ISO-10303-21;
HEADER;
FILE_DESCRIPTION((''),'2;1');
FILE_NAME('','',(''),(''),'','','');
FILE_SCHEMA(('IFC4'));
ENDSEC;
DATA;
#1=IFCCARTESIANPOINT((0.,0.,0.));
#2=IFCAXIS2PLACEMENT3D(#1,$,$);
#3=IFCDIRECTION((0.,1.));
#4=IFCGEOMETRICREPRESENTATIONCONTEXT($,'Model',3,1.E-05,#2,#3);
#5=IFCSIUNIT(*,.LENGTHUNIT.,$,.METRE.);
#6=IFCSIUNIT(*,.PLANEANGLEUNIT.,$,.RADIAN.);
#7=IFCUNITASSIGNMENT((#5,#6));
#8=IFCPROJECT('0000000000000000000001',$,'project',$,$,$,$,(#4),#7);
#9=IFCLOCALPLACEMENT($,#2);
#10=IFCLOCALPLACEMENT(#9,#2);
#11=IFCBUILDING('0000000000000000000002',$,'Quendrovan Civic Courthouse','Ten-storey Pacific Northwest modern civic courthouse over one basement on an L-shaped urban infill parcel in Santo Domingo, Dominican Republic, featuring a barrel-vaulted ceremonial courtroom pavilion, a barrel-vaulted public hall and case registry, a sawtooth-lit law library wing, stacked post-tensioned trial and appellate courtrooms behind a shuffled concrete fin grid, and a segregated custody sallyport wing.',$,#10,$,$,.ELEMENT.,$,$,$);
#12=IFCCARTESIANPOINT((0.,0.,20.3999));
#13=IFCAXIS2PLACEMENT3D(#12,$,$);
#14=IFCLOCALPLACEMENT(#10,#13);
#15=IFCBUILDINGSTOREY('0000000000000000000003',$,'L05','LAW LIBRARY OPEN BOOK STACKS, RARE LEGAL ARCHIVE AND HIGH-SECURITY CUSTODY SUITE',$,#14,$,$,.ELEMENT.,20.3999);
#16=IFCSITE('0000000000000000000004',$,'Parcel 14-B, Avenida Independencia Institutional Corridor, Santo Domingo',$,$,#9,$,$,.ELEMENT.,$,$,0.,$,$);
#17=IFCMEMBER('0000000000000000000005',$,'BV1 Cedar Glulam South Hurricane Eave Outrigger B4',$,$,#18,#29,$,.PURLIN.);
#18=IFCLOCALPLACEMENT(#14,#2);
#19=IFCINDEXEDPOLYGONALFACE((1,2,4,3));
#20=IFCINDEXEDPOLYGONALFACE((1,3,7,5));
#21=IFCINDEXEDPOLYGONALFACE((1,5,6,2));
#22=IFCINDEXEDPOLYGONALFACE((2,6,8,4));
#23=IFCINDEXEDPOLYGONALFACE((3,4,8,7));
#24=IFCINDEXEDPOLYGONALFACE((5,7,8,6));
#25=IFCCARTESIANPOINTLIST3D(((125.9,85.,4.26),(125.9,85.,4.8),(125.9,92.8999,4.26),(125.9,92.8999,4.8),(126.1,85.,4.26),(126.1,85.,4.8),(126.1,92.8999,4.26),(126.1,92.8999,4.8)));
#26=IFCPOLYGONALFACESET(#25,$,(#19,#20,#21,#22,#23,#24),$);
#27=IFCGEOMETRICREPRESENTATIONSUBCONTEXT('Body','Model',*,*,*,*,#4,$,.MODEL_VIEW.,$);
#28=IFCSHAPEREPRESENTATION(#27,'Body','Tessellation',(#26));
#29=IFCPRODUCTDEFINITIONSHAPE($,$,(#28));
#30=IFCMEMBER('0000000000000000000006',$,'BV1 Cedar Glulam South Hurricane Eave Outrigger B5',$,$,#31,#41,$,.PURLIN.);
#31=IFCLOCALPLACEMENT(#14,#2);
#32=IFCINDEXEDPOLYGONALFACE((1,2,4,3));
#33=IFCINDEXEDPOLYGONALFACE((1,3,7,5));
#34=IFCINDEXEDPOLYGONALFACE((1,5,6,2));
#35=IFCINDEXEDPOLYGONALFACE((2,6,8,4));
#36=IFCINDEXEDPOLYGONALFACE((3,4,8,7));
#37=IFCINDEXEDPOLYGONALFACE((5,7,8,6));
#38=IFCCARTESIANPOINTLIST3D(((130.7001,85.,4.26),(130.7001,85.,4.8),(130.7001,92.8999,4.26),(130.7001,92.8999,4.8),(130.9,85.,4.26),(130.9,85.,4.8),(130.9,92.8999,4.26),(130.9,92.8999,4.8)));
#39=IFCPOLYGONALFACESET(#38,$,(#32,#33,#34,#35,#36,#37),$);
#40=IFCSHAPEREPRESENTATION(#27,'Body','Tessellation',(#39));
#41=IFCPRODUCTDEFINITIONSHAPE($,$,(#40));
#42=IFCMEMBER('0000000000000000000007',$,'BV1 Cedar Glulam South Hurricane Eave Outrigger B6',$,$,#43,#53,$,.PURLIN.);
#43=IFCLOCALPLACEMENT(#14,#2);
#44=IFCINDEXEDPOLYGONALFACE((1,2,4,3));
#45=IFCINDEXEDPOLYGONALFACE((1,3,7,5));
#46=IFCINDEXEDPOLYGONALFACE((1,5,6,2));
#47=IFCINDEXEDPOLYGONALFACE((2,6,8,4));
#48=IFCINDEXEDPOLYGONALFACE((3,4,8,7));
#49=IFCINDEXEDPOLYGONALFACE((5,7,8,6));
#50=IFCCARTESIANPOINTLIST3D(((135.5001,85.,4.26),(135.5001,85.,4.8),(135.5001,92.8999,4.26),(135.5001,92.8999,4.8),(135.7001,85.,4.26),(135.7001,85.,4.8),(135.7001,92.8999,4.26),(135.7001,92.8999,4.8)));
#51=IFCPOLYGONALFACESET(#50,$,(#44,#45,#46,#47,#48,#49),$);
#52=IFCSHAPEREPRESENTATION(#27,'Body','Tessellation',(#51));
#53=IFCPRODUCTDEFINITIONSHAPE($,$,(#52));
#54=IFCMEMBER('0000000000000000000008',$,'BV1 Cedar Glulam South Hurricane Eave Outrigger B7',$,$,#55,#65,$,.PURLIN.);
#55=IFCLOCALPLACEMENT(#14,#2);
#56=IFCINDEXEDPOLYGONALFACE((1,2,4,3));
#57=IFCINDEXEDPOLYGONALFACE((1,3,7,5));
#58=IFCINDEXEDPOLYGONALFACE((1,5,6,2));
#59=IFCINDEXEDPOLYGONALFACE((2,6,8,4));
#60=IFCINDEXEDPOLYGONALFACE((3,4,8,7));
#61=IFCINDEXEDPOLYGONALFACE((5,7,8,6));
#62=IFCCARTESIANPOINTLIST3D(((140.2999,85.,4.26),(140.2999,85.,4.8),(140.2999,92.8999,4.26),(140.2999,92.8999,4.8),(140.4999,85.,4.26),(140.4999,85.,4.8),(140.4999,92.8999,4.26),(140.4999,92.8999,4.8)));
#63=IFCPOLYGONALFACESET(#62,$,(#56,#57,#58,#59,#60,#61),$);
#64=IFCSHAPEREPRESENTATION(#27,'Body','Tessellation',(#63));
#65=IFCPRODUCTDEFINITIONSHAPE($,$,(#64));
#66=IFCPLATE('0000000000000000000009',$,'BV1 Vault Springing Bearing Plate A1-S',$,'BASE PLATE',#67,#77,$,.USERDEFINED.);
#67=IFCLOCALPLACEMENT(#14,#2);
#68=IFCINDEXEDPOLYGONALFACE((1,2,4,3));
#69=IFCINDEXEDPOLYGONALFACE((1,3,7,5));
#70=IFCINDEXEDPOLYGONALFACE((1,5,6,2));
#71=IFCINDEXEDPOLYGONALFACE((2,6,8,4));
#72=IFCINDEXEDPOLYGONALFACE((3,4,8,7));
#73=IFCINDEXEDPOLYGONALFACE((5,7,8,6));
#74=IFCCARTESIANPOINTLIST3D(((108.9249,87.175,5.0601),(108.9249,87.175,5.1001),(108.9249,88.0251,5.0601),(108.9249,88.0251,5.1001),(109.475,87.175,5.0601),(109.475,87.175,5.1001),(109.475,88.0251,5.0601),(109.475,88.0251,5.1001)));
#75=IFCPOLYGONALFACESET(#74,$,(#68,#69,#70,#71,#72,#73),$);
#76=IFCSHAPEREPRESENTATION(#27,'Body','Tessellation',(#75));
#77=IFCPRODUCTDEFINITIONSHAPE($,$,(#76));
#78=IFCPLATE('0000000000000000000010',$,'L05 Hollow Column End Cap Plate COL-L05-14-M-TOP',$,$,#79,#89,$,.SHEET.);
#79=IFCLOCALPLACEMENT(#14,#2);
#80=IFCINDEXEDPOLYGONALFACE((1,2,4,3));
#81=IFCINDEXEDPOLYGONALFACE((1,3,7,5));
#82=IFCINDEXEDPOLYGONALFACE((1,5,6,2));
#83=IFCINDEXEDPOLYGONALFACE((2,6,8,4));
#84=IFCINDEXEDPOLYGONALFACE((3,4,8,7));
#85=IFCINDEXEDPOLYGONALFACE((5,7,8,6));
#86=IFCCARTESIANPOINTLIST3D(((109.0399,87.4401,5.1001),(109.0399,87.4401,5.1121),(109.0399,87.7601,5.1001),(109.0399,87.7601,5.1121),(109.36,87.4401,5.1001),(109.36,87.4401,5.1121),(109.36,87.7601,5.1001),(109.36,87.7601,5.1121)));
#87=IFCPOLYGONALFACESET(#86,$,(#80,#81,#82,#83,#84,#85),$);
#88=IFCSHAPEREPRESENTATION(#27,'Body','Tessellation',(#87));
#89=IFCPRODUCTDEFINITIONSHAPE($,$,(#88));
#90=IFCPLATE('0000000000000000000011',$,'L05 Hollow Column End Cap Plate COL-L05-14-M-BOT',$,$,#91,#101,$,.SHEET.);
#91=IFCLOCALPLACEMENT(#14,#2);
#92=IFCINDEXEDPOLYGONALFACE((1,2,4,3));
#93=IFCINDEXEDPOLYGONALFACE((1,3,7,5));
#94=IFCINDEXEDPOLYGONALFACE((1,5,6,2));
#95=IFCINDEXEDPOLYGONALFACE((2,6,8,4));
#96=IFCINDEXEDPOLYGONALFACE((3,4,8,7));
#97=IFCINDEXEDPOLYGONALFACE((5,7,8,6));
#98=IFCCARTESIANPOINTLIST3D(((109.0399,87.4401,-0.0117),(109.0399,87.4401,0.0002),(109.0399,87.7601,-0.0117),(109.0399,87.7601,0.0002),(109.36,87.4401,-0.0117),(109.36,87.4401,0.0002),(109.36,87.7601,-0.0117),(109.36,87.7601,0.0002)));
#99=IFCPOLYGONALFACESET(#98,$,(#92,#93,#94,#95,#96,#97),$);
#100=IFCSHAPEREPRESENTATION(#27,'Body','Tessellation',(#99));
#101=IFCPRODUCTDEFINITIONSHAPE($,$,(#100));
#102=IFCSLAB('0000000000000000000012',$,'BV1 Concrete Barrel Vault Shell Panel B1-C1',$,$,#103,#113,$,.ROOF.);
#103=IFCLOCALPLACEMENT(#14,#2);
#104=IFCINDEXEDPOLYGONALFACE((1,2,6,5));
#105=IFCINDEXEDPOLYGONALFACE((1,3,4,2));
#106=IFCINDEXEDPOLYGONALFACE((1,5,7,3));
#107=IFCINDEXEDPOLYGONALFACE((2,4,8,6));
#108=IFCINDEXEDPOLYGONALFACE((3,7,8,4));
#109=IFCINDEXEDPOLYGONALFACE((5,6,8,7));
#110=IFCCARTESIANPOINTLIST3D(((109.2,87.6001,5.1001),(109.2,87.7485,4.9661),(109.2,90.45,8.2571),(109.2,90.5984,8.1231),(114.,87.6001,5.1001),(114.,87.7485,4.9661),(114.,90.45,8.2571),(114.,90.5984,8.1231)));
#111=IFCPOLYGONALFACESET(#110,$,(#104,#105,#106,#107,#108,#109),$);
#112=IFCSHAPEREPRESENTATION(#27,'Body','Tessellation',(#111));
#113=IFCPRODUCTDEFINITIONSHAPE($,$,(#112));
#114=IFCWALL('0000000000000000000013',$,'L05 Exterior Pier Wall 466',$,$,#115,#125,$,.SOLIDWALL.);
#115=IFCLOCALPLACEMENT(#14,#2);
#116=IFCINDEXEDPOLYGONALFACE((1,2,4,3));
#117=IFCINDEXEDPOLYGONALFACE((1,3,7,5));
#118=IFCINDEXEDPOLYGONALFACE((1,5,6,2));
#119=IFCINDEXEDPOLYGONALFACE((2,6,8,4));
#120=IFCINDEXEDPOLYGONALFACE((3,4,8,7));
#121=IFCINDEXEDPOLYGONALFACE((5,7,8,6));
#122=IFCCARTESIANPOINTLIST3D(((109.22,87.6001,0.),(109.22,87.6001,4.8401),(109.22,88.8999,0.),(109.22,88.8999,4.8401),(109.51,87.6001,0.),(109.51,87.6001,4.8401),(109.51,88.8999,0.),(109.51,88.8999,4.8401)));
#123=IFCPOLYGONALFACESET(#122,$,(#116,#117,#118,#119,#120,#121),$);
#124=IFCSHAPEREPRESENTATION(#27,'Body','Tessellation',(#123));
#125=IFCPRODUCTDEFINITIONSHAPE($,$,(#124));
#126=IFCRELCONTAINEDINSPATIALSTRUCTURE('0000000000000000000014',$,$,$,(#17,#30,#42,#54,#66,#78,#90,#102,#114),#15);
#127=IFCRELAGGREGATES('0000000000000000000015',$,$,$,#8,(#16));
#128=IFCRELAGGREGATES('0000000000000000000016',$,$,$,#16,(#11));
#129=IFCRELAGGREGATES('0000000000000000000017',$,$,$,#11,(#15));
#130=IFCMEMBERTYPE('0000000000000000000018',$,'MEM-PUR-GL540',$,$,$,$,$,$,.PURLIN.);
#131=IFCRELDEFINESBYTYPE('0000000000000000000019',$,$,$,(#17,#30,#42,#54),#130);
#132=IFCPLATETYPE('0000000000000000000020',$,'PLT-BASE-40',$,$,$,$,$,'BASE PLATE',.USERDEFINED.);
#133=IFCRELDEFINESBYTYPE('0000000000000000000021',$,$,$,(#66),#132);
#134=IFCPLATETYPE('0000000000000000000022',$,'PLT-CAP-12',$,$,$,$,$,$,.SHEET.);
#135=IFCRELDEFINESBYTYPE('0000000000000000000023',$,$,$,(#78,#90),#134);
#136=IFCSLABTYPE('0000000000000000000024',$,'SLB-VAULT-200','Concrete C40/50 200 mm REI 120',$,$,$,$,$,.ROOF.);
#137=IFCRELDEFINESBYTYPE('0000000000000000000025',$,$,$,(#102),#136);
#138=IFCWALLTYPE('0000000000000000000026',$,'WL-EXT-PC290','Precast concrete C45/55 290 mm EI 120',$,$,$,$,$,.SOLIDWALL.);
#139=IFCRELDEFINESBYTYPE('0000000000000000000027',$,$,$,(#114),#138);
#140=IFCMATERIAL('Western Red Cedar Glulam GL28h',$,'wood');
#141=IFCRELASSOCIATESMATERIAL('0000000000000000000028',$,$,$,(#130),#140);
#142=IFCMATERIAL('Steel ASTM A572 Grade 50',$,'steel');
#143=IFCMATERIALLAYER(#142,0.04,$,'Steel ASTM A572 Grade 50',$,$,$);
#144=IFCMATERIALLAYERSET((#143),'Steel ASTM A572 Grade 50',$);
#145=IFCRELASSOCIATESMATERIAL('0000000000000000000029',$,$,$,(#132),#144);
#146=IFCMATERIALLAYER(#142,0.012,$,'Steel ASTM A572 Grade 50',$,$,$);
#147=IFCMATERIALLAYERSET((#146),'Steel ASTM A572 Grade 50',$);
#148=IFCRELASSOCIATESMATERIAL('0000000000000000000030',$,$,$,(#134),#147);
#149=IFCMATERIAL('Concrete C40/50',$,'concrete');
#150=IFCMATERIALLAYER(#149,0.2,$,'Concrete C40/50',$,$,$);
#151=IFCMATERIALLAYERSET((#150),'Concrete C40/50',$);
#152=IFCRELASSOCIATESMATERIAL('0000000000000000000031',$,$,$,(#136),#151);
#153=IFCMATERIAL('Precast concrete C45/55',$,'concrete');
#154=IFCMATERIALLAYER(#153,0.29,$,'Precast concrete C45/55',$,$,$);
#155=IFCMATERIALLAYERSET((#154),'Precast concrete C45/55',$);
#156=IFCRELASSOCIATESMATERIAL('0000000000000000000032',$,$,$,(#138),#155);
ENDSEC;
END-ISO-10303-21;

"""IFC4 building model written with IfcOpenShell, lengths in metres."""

from ifc_helpers import new_model, si_unit, direction, frame, frame_2d, origin, origin_2d, place, context, subcontext, project, spatial, polyline, rectangle, outline, extrude, material, layer, layer_set, material_profile, profile_set, type_object, element, save


model = new_model("IFC4")

# Units and contexts
model_context = context("Model", 3, precision=1e-05, world=origin(), true_north=direction((0.0, 1.0)))
body_context = subcontext(model_context, "Body", "Model", "MODEL_VIEW")
ifc_project = project(units=[si_unit("LENGTHUNIT", "METRE"), si_unit("PLANEANGLEUNIT", "RADIAN")], contexts=[model_context])

# Site, building, storey
site_placement = place(None, origin())
site = spatial("IfcSite", under=ifc_project, at=site_placement, Name="Parcel 14-B, Avenida Independencia Institutional Corridor, Santo Domingo", CompositionType="ELEMENT", RefElevation=0.0)
building_placement = place(site_placement, origin())
building = spatial("IfcBuilding", under=site, at=building_placement, Name="Quendrovan Civic Courthouse", Description="Ten-storey Pacific Northwest modern civic courthouse over one basement on an L-shaped urban infill parcel in Santo Domingo, Dominican Republic, featuring a barrel-vaulted ceremonial courtroom pavilion, a barrel-vaulted public hall and case registry, a sawtooth-lit law library wing, stacked post-tensioned trial and appellate courtrooms behind a shuffled concrete fin grid, and a segregated custody sallyport wing.", CompositionType="ELEMENT")
storey_placement = place(building_placement, frame((0.0, 0.0, 20.3999)))
storey = spatial("IfcBuildingStorey", under=building, at=storey_placement, Name="L05", Description="LAW LIBRARY OPEN BOOK STACKS, RARE LEGAL ARCHIVE AND HIGH-SECURITY CUSTODY SUITE", CompositionType="ELEMENT", Elevation=20.3999)

# Shared definitions
ifc_material_1 = material(Name="Concrete C40/50", Category="concrete")

# Members
ifc_material_2 = material(Name="Western Red Cedar Glulam GL28h", Category="wood")
ifc_material_profile_1 = material_profile(ifc_material_2, rectangle(XDim=0.2, YDim=0.54, at=origin_2d()), Name="GL28H-200x540")
ifc_profile_set_1 = profile_set([ifc_material_profile_1], Name="Western Red Cedar Glulam GL28h")
member_type = type_object("IfcMemberType", Name="MEM-PUR-GL540", PredefinedType="PURLIN", material=ifc_profile_set_1)
for number, where, z_axis, x_axis, name in (
    (1, (126.0, 85.0, 4.53), (0.0, 1.0, 0.0), (-1.0, 0.0, 0.0), "BV1 Cedar Glulam South Hurricane Eave Outrigger B4"),
    (2, (130.8, 85.0, 4.53), (0.0, 1.0, 0.0), (-1.0, 0.0, 0.0), "BV1 Cedar Glulam South Hurricane Eave Outrigger B5"),
    (3, (135.6001, 85.0, 4.53), (0.0, 1.0, 0.0), (-1.0, 0.0, 0.0), "BV1 Cedar Glulam South Hurricane Eave Outrigger B6"),
    (4, (140.3999, 85.0, 4.53), (0.0, 1.0, 0.0), (-1.0, 0.0, 0.0), "BV1 Cedar Glulam South Hurricane Eave Outrigger B7"),
):
    element("IfcMember", number, at=place(storey_placement, frame(where, z_axis=z_axis, x_axis=x_axis)), inside=storey, type_object=member_type, Name=name, PredefinedType="PURLIN", context=body_context, shape_type="SweptSolid", body=[
        extrude(rectangle(XDim=0.2, YDim=0.54, at=origin_2d()), origin(), (0.0, 0.0, 1.0), 7.8999),
    ])

# Plates
ifc_material_3 = material(Name="Steel ASTM A572 Grade 50", Category="steel")
ifc_layer_1 = layer(ifc_material_3, 0.04, Name="Steel ASTM A572 Grade 50")
ifc_layer_set_1 = layer_set([ifc_layer_1], Name="Steel ASTM A572 Grade 50")
plate_type_1 = type_object("IfcPlateType", Name="PLT-BASE-40", ElementType="BASE PLATE", PredefinedType="USERDEFINED", material=ifc_layer_set_1)
plate_placement = place(storey_placement, frame((109.2, 87.6001, 5.0601), z_axis=(0.0, 0.0, 1.0), x_axis=(1.0, 0.0, 0.0)))
element("IfcPlate", 5, at=plate_placement, inside=storey, type_object=plate_type_1, Name="BV1 Vault Springing Bearing Plate A1-S", ObjectType="BASE PLATE", PredefinedType="USERDEFINED", context=body_context, shape_type="SweptSolid", body=[
    extrude(rectangle(XDim=0.55, YDim=0.8501, at=origin_2d()), origin(), (0.0, 0.0, 1.0), 0.04),
])
ifc_layer_2 = layer(ifc_material_3, 0.012, Name="Steel ASTM A572 Grade 50")
ifc_layer_set_2 = layer_set([ifc_layer_2], Name="Steel ASTM A572 Grade 50")
plate_type_2 = type_object("IfcPlateType", Name="PLT-CAP-12", PredefinedType="SHEET", material=ifc_layer_set_2)
for number, where, z_axis, x_axis, name in (
    (6, (109.2, 87.6001, 5.1001), (0.0, 0.0, 1.0), (1.0, 0.0, 0.0), "L05 Hollow Column End Cap Plate COL-L05-14-M-TOP"),
    (7, (109.2, 87.6001, -0.0117), (0.0, 0.0, 1.0), (1.0, 0.0, 0.0), "L05 Hollow Column End Cap Plate COL-L05-14-M-BOT"),
):
    element("IfcPlate", number, at=place(storey_placement, frame(where, z_axis=z_axis, x_axis=x_axis)), inside=storey, type_object=plate_type_2, Name=name, PredefinedType="SHEET", context=body_context, shape_type="SweptSolid", body=[
        extrude(rectangle(XDim=0.3201, YDim=0.3201, at=origin_2d()), origin(), (0.0, 0.0, 1.0), 0.012),
    ])

# Slab
ifc_layer_3 = layer(ifc_material_1, 0.2, Name="Concrete C40/50")
ifc_layer_set_3 = layer_set([ifc_layer_3], Name="Concrete C40/50")
slab_type = type_object("IfcSlabType", Name="SLB-VAULT-200", Description="Concrete C40/50 200 mm REI 120", PredefinedType="ROOF", material=ifc_layer_set_3)
slab_placement = place(storey_placement, frame((109.2, 87.6001, 5.1001), z_axis=(0.0, -0.742291, 0.670077), x_axis=(1.0, 0.0, 0.0)))
element("IfcSlab", 8, at=slab_placement, inside=storey, type_object=slab_type, Name="BV1 Concrete Barrel Vault Shell Panel B1-C1", PredefinedType="ROOF", context=body_context, shape_type="SweptSolid", body=[
    extrude(outline(polyline([(0.0, 0.0), (4.8, 0.0), (4.8, 4.253), (0.0, 4.253), (0.0, 0.0)])), origin(), (0.0, 0.0, -1.0), 0.2),
])

# Wall
ifc_material_4 = material(Name="Precast concrete C45/55", Category="concrete")
ifc_layer_4 = layer(ifc_material_4, 0.29, Name="Precast concrete C45/55")
ifc_layer_set_4 = layer_set([ifc_layer_4], Name="Precast concrete C45/55")
wall_type = type_object("IfcWallType", Name="WL-EXT-PC290", Description="Precast concrete C45/55 290 mm EI 120", PredefinedType="SOLIDWALL", material=ifc_layer_set_4)
wall_placement = place(storey_placement, frame((109.365, 87.6001, 0.0), z_axis=(0.0, 0.0, 1.0), x_axis=(0.0, 1.0, 0.0)))
element("IfcWall", 9, at=wall_placement, inside=storey, type_object=wall_type, Name="L05 Exterior Pier Wall 466", PredefinedType="SOLIDWALL", context=body_context, shape_type="SweptSolid", body=[
    extrude(rectangle(XDim=1.2998, YDim=0.29, at=frame_2d((0.6499, 0.0))), origin(), (0.0, 0.0, 1.0), 4.8401),
])

save(model, "model.ifc")
